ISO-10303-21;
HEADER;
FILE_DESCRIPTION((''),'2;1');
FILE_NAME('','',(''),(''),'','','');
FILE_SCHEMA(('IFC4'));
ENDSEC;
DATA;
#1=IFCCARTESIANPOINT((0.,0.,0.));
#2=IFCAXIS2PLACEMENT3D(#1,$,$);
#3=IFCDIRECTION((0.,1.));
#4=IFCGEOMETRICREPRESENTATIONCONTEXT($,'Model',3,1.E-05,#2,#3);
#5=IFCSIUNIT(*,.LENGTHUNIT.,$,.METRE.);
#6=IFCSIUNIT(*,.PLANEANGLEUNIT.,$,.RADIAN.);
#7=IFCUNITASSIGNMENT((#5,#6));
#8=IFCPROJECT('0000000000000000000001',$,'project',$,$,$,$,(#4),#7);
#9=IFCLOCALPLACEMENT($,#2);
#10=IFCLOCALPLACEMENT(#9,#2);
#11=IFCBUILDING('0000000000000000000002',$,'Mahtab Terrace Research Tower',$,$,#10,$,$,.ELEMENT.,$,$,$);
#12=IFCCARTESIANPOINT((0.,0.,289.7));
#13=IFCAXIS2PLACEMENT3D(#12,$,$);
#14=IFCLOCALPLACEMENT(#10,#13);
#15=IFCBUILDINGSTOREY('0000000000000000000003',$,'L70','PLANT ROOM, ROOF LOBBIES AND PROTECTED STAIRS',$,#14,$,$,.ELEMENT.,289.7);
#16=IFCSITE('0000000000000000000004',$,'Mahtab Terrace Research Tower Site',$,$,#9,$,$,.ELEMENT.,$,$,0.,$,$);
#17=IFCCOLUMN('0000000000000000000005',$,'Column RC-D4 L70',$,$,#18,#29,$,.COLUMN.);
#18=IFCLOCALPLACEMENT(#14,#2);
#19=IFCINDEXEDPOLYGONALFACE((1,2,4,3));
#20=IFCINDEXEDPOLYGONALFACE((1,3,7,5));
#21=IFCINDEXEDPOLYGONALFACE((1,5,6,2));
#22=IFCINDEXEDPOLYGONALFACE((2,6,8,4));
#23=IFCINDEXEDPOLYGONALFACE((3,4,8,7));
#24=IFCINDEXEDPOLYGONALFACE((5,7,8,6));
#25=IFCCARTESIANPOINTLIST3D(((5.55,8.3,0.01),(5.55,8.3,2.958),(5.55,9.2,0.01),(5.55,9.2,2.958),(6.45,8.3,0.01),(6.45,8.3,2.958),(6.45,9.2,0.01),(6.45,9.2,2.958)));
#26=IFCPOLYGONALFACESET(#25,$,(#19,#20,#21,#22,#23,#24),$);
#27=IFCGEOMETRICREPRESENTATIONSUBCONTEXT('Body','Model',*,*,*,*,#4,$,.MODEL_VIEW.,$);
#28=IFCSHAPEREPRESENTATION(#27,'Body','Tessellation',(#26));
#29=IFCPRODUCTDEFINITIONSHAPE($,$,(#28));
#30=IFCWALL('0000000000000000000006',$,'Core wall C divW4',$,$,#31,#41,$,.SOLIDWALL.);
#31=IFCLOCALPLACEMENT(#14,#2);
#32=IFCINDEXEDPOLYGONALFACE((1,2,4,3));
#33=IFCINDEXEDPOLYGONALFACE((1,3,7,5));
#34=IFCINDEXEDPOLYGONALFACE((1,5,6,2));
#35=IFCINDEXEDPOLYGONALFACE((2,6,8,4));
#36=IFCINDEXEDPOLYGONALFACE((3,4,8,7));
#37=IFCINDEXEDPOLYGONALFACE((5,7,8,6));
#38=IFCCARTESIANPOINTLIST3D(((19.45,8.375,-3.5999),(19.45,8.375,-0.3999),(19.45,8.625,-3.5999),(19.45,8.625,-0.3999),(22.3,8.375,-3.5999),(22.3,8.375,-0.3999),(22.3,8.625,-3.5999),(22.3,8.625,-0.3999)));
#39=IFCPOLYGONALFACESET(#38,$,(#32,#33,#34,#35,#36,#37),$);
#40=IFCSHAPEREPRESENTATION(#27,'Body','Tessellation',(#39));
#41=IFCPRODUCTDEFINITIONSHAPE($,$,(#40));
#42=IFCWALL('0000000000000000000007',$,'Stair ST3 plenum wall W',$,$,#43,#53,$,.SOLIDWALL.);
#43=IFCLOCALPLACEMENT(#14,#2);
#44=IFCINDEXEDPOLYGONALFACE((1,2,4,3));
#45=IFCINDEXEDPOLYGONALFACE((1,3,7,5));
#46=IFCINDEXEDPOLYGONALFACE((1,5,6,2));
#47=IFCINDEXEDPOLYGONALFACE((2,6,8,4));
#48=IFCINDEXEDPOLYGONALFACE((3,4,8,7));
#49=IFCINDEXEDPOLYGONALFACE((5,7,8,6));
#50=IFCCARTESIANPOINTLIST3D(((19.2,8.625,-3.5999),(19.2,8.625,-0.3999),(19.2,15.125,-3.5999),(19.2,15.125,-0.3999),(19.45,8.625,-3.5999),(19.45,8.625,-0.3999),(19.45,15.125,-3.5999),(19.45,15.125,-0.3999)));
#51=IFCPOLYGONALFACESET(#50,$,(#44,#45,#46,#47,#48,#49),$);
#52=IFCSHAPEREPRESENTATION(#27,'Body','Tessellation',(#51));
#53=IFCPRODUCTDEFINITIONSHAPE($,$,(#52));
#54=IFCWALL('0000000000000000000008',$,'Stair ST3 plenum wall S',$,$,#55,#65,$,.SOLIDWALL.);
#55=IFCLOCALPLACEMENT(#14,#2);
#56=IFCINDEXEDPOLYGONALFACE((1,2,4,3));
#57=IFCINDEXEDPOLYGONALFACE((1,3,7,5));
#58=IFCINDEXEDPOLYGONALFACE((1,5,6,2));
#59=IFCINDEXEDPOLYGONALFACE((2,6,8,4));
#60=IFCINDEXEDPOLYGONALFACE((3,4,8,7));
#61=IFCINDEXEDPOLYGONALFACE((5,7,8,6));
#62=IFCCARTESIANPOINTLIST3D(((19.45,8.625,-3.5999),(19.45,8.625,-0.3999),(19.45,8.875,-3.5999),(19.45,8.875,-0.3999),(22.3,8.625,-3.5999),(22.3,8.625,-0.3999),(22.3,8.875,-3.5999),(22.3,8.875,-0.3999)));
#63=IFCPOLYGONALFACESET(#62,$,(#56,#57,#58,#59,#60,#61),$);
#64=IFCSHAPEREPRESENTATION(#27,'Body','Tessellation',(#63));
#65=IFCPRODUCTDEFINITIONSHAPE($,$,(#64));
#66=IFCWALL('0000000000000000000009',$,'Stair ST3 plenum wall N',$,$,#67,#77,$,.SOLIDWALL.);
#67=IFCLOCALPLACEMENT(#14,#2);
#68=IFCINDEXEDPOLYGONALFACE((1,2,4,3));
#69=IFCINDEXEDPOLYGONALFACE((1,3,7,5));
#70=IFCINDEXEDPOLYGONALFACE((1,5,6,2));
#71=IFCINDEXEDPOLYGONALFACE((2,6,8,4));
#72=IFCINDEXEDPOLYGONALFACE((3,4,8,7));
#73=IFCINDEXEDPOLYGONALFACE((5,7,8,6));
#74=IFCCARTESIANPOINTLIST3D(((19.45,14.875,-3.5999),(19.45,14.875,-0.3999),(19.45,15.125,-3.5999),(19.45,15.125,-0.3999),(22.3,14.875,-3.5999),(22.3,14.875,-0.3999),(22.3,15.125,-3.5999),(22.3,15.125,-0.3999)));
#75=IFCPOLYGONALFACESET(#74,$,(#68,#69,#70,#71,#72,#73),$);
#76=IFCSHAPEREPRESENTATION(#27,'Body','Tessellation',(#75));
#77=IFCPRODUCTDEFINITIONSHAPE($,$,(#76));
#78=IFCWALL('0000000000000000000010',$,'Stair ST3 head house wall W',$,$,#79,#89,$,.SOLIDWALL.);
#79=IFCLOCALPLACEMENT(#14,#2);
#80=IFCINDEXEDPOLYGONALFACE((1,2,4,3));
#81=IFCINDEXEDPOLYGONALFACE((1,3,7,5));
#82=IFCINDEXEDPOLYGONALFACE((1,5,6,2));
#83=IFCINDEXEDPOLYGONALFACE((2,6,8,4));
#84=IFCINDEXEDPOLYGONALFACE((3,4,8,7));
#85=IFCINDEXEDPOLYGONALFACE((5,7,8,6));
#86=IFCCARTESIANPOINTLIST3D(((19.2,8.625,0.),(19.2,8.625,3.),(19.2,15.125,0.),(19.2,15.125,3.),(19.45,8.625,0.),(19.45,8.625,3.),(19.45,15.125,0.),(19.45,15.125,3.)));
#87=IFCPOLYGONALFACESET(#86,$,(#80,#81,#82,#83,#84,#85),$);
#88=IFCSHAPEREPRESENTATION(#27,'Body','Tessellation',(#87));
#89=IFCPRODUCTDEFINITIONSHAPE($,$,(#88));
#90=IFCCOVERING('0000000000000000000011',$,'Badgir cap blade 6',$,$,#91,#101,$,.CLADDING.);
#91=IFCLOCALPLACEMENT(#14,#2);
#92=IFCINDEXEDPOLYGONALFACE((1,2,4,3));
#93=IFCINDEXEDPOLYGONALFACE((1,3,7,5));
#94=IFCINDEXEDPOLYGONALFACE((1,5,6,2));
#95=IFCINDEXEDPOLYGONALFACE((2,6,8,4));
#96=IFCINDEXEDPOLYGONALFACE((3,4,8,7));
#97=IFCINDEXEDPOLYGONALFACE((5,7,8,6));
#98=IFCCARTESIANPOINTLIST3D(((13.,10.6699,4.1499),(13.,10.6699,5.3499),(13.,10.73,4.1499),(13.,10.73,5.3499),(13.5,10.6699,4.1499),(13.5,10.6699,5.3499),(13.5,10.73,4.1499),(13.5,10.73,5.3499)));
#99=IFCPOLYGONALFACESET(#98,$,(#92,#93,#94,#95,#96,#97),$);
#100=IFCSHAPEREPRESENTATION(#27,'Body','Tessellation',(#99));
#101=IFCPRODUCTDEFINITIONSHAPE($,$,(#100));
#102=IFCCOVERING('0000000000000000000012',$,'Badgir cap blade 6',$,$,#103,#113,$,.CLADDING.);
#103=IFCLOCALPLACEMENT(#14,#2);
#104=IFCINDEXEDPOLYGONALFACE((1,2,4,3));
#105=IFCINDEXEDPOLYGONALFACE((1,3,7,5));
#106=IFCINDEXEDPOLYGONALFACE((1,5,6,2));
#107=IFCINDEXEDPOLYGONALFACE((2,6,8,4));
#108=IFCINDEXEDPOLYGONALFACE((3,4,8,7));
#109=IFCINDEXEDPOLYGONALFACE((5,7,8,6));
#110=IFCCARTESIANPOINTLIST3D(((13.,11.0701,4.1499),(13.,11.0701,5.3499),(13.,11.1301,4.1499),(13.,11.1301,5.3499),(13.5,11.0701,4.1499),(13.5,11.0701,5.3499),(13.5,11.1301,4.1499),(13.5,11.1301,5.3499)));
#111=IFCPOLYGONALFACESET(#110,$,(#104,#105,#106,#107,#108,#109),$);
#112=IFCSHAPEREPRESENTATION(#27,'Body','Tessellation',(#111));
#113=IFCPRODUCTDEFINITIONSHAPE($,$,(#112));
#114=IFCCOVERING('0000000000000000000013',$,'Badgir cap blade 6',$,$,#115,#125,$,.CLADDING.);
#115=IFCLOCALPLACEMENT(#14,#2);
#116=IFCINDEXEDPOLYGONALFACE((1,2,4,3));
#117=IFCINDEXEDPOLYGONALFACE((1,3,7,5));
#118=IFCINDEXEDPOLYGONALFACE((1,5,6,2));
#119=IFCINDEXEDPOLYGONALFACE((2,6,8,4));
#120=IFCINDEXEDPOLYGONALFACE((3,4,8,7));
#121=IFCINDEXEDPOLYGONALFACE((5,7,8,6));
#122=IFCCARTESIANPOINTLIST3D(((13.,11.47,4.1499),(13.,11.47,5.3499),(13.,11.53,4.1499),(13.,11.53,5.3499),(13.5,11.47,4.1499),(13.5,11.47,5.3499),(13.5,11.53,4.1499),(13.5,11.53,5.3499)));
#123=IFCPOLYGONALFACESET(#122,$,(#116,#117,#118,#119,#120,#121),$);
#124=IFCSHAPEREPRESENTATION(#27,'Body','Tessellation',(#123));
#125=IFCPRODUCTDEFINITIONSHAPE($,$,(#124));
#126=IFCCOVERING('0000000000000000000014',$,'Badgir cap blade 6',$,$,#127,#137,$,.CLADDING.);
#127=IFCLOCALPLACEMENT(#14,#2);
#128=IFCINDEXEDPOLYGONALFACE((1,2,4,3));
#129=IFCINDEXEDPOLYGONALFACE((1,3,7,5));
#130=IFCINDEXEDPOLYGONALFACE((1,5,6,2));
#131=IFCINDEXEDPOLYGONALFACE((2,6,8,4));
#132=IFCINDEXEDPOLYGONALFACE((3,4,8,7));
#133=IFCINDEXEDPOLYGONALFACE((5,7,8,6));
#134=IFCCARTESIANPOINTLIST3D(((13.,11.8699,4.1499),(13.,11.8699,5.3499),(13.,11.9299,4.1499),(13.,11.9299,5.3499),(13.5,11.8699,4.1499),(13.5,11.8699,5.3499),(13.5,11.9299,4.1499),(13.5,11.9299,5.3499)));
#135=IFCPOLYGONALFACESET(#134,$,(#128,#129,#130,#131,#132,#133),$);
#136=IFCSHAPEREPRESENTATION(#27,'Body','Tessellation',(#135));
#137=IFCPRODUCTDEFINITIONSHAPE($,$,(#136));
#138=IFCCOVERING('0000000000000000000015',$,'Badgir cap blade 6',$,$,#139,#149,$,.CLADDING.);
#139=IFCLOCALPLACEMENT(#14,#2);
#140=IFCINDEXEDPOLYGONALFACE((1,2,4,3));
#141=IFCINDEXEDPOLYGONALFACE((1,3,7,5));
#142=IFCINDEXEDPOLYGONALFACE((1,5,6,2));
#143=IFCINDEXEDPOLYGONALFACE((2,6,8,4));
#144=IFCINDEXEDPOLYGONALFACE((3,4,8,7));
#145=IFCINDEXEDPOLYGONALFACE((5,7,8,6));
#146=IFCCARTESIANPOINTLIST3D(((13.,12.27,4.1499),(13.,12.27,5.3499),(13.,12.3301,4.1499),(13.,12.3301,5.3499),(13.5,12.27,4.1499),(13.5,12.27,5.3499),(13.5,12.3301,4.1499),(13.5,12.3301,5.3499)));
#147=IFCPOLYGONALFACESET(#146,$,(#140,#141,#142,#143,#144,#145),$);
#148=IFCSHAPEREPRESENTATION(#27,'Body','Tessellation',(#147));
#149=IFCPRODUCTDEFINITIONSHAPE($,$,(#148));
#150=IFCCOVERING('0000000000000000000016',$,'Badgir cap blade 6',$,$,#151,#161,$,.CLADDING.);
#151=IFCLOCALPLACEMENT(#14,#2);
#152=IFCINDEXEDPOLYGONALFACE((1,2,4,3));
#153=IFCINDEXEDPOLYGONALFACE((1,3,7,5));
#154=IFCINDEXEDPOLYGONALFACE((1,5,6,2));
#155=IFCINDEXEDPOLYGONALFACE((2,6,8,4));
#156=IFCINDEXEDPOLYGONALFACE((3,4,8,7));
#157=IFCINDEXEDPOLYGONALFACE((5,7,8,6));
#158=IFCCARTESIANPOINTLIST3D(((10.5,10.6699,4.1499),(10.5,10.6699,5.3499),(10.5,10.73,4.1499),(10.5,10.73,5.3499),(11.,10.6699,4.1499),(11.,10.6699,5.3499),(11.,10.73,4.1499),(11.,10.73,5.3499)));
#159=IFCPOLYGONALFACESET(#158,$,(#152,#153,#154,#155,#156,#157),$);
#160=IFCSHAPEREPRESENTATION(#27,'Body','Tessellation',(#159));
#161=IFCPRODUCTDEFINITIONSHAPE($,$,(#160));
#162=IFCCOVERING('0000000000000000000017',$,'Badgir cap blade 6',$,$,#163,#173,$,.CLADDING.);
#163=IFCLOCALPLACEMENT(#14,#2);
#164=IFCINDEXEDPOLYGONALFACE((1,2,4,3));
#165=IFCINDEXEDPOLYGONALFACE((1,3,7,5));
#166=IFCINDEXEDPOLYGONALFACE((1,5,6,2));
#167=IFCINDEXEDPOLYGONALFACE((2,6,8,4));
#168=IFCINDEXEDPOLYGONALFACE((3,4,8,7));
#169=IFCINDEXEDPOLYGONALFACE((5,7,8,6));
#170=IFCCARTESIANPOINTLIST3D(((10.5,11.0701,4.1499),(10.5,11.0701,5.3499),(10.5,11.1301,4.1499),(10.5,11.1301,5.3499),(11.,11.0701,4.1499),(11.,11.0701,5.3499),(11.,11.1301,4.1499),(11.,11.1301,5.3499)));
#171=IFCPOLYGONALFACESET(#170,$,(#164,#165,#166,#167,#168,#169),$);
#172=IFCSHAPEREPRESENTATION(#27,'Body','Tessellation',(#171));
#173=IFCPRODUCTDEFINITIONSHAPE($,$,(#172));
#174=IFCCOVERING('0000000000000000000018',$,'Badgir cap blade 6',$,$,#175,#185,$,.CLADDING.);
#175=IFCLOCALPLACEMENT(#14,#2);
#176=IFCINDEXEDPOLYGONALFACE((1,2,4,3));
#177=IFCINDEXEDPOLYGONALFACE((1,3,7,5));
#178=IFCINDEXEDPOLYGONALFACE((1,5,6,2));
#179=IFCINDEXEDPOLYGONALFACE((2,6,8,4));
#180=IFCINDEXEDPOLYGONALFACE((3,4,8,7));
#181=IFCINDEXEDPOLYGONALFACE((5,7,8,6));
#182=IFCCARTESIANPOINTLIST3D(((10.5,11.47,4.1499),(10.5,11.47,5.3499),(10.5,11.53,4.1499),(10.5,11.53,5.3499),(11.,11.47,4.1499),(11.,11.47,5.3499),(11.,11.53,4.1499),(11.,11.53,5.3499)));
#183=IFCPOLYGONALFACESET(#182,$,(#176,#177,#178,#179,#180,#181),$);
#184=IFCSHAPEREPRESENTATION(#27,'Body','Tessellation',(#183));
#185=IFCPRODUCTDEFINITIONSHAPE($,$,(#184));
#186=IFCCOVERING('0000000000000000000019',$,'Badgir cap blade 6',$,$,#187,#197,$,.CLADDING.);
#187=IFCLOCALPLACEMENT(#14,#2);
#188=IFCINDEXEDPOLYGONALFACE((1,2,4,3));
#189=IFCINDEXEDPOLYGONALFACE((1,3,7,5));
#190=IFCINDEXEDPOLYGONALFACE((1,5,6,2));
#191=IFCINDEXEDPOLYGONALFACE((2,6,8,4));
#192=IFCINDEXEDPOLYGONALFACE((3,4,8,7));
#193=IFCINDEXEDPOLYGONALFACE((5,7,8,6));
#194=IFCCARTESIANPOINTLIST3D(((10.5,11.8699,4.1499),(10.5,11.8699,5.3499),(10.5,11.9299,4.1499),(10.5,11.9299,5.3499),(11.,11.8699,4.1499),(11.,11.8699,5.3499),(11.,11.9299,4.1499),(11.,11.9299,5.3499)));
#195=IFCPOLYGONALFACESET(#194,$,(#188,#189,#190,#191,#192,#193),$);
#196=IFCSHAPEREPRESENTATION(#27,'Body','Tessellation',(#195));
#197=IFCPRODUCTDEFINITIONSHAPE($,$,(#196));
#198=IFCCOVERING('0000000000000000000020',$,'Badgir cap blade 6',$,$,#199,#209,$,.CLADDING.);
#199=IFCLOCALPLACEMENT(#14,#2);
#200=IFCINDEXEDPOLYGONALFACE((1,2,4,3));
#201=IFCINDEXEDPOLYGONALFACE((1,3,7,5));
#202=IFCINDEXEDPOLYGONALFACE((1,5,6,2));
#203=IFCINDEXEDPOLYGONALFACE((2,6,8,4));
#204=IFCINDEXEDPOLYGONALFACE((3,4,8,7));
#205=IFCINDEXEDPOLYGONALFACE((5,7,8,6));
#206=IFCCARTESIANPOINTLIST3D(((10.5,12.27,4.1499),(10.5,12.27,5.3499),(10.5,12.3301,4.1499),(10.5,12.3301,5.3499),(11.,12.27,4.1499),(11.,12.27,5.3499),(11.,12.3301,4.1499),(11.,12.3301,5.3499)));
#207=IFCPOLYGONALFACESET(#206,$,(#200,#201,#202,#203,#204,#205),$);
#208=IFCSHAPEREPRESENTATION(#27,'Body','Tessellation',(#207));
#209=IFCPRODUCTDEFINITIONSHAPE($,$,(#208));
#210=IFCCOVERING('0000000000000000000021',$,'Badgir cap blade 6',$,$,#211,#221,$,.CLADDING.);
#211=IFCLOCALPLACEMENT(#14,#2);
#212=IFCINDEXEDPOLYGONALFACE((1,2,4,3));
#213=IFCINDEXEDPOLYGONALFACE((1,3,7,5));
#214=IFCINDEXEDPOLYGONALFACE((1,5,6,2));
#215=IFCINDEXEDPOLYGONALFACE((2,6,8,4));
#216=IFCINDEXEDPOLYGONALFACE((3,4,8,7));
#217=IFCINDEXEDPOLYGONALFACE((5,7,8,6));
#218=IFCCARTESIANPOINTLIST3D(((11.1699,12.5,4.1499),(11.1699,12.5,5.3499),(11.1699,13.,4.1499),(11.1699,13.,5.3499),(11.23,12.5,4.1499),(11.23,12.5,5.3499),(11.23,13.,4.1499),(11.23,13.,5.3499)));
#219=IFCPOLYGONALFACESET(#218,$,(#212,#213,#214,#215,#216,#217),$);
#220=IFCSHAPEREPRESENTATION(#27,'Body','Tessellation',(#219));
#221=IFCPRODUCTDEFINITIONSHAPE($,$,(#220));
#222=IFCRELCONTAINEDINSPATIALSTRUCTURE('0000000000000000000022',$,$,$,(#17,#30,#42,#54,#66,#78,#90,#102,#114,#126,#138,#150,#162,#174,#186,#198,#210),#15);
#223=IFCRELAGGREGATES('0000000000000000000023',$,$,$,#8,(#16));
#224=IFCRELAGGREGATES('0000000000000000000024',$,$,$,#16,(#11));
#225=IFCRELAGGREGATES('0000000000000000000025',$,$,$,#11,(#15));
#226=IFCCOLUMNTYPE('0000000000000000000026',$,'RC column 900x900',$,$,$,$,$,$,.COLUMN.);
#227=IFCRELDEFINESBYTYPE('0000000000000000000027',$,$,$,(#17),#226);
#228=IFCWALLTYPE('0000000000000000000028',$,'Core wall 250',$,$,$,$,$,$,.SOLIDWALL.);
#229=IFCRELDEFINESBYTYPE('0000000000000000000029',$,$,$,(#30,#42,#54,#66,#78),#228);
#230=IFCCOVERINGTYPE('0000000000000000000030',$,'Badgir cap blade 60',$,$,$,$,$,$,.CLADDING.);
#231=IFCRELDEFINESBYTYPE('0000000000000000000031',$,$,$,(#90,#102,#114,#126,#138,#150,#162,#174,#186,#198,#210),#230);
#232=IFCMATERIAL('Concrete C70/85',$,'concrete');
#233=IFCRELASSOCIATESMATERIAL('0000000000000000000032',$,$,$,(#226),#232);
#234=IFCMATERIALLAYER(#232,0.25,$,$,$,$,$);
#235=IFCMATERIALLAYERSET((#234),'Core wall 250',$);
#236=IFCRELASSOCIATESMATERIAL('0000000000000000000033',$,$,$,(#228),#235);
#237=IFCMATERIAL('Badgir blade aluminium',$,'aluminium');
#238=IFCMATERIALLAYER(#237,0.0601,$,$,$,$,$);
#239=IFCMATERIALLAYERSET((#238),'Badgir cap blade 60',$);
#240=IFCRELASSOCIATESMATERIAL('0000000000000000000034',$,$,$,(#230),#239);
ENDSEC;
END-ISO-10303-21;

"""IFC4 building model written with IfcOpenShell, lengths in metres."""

from ifc_helpers import new_model, si_unit, direction, frame, frame_2d, origin, origin_2d, place, context, subcontext, project, spatial, rectangle, extrude, material, layer, layer_set, material_profile, profile_set, type_object, element, save


model = new_model("IFC4")

# Units and contexts
model_context = context("Model", 3, precision=1e-05, world=origin(), true_north=direction((0.0, 1.0)))
body_context = subcontext(model_context, "Body", "Model", "MODEL_VIEW")
ifc_project = project(units=[si_unit("LENGTHUNIT", "METRE"), si_unit("PLANEANGLEUNIT", "RADIAN")], contexts=[model_context])

# Site, building, storey
site_placement = place(None, origin())
site = spatial("IfcSite", under=ifc_project, at=site_placement, Name="Mahtab Terrace Research Tower Site", CompositionType="ELEMENT", RefElevation=0.0)
building_placement = place(site_placement, origin())
building = spatial("IfcBuilding", under=site, at=building_placement, Name="Mahtab Terrace Research Tower", CompositionType="ELEMENT")
storey_placement = place(building_placement, frame((0.0, 0.0, 289.7)))
storey = spatial("IfcBuildingStorey", under=building, at=storey_placement, Name="L70", Description="PLANT ROOM, ROOF LOBBIES AND PROTECTED STAIRS", CompositionType="ELEMENT", Elevation=289.7)

# Column
ifc_material_1 = material(Name="Concrete C70/85", Category="concrete")
ifc_material_profile = material_profile(ifc_material_1, rectangle(XDim=0.8999, YDim=0.8999, at=origin_2d()), Name="RC column 900x900")
ifc_profile_set = profile_set([ifc_material_profile], Name="Concrete C70/85")
column_type = type_object("IfcColumnType", Name="RC column 900x900", PredefinedType="COLUMN", material=ifc_profile_set)
column_placement = place(storey_placement, frame((6.0, 8.75, 0.01), z_axis=(0.0, 0.0, 1.0), x_axis=(1.0, 0.0, 0.0)))
element("IfcColumn", 1, at=column_placement, inside=storey, type_object=column_type, Name="Column RC-D4 L70", PredefinedType="COLUMN", context=body_context, shape_type="SweptSolid", body=[
    extrude(rectangle(XDim=0.8999, YDim=0.8999, at=origin_2d()), origin(), (0.0, 0.0, 1.0), 2.948),
])

# Walls
ifc_layer_1 = layer(ifc_material_1, 0.25)
ifc_layer_set_1 = layer_set([ifc_layer_1], Name="Core wall 250")
wall_type = type_object("IfcWallType", Name="Core wall 250", PredefinedType="SOLIDWALL", material=ifc_layer_set_1)
wall_1_placement = place(storey_placement, frame((19.45, 8.5, -3.5999), z_axis=(0.0, 0.0, 1.0), x_axis=(1.0, 0.0, 0.0)))
element("IfcWall", 2, at=wall_1_placement, inside=storey, type_object=wall_type, Name="Core wall C divW4", PredefinedType="SOLIDWALL", context=body_context, shape_type="SweptSolid", body=[
    extrude(rectangle(XDim=2.8501, YDim=0.25, at=frame_2d((1.425, 0.0))), origin(), (0.0, 0.0, 1.0), 3.2),
])
wall_2_placement = place(storey_placement, frame((19.325, 8.625, -3.5999), z_axis=(0.0, 0.0, 1.0), x_axis=(0.0, 1.0, 0.0)))
element("IfcWall", 3, at=wall_2_placement, inside=storey, type_object=wall_type, Name="Stair ST3 plenum wall W", PredefinedType="SOLIDWALL", context=body_context, shape_type="SweptSolid", body=[
    extrude(rectangle(XDim=6.5, YDim=0.25, at=frame_2d((3.25, 0.0))), origin(), (0.0, 0.0, 1.0), 3.2),
])
for number, where, z_axis, x_axis, name in (
    (4, (19.45, 8.75, -3.5999), (0.0, 0.0, 1.0), (1.0, 0.0, 0.0), "Stair ST3 plenum wall S"),
    (5, (19.45, 15.0, -3.5999), (0.0, 0.0, 1.0), (1.0, 0.0, 0.0), "Stair ST3 plenum wall N"),
):
    element("IfcWall", number, at=place(storey_placement, frame(where, z_axis=z_axis, x_axis=x_axis)), inside=storey, type_object=wall_type, Name=name, PredefinedType="SOLIDWALL", context=body_context, shape_type="SweptSolid", body=[
        extrude(rectangle(XDim=2.8501, YDim=0.25, at=frame_2d((1.425, 0.0))), origin(), (0.0, 0.0, 1.0), 3.2),
    ])
wall_3_placement = place(storey_placement, frame((19.325, 8.625, 0.0), z_axis=(0.0, 0.0, 1.0), x_axis=(0.0, 1.0, 0.0)))
element("IfcWall", 6, at=wall_3_placement, inside=storey, type_object=wall_type, Name="Stair ST3 head house wall W", PredefinedType="SOLIDWALL", context=body_context, shape_type="SweptSolid", body=[
    extrude(rectangle(XDim=6.5, YDim=0.25, at=frame_2d((3.25, 0.0))), origin(), (0.0, 0.0, 1.0), 3.0),
])

# Coverings
ifc_material_2 = material(Name="Badgir blade aluminium", Category="aluminium")
ifc_layer_2 = layer(ifc_material_2, 0.0601)
ifc_layer_set_2 = layer_set([ifc_layer_2], Name="Badgir cap blade 60")
covering_type_1 = type_object("IfcCoveringType", Name="Badgir cap blade 60", PredefinedType="CLADDING", material=ifc_layer_set_2)
for number, where, z_axis, x_axis, name in (
    (7, (13.25, 10.7, 4.1499), (0.0, 0.0, 1.0), (1.0, 0.0, 0.0), "Badgir cap blade 6"),
    (8, (13.25, 11.1001, 4.1499), (0.0, 0.0, 1.0), (1.0, 0.0, 0.0), "Badgir cap blade 6"),
    (9, (13.25, 11.5, 4.1499), (0.0, 0.0, 1.0), (1.0, 0.0, 0.0), "Badgir cap blade 6"),
    (10, (13.25, 11.8999, 4.1499), (0.0, 0.0, 1.0), (1.0, 0.0, 0.0), "Badgir cap blade 6"),
    (11, (13.25, 12.3, 4.1499), (0.0, 0.0, 1.0), (1.0, 0.0, 0.0), "Badgir cap blade 6"),
    (12, (10.75, 10.7, 4.1499), (0.0, 0.0, 1.0), (1.0, 0.0, 0.0), "Badgir cap blade 6"),
    (13, (10.75, 11.1001, 4.1499), (0.0, 0.0, 1.0), (1.0, 0.0, 0.0), "Badgir cap blade 6"),
    (14, (10.75, 11.5, 4.1499), (0.0, 0.0, 1.0), (1.0, 0.0, 0.0), "Badgir cap blade 6"),
    (15, (10.75, 11.8999, 4.1499), (0.0, 0.0, 1.0), (1.0, 0.0, 0.0), "Badgir cap blade 6"),
    (16, (10.75, 12.3, 4.1499), (0.0, 0.0, 1.0), (1.0, 0.0, 0.0), "Badgir cap blade 6"),
):
    element("IfcCovering", number, at=place(storey_placement, frame(where, z_axis=z_axis, x_axis=x_axis)), inside=storey, type_object=covering_type_1, Name=name, PredefinedType="CLADDING", context=body_context, shape_type="SweptSolid", body=[
        extrude(rectangle(XDim=0.5, YDim=0.0601, at=origin_2d()), origin(), (0.0, 0.0, 1.0), 1.2),
    ])
for number, where, z_axis, x_axis, name in (
    (17, (11.2, 12.75, 4.1499), (0.0, 0.0, 1.0), (1.0, 0.0, 0.0), "Badgir cap blade 6"),
):
    element("IfcCovering", number, at=place(storey_placement, frame(where, z_axis=z_axis, x_axis=x_axis)), inside=storey, type_object=covering_type_1, Name=name, PredefinedType="CLADDING", context=body_context, shape_type="SweptSolid", body=[
        extrude(rectangle(XDim=0.0601, YDim=0.5, at=origin_2d()), origin(), (0.0, 0.0, 1.0), 1.2),
    ])

save(model, "model.ifc")
